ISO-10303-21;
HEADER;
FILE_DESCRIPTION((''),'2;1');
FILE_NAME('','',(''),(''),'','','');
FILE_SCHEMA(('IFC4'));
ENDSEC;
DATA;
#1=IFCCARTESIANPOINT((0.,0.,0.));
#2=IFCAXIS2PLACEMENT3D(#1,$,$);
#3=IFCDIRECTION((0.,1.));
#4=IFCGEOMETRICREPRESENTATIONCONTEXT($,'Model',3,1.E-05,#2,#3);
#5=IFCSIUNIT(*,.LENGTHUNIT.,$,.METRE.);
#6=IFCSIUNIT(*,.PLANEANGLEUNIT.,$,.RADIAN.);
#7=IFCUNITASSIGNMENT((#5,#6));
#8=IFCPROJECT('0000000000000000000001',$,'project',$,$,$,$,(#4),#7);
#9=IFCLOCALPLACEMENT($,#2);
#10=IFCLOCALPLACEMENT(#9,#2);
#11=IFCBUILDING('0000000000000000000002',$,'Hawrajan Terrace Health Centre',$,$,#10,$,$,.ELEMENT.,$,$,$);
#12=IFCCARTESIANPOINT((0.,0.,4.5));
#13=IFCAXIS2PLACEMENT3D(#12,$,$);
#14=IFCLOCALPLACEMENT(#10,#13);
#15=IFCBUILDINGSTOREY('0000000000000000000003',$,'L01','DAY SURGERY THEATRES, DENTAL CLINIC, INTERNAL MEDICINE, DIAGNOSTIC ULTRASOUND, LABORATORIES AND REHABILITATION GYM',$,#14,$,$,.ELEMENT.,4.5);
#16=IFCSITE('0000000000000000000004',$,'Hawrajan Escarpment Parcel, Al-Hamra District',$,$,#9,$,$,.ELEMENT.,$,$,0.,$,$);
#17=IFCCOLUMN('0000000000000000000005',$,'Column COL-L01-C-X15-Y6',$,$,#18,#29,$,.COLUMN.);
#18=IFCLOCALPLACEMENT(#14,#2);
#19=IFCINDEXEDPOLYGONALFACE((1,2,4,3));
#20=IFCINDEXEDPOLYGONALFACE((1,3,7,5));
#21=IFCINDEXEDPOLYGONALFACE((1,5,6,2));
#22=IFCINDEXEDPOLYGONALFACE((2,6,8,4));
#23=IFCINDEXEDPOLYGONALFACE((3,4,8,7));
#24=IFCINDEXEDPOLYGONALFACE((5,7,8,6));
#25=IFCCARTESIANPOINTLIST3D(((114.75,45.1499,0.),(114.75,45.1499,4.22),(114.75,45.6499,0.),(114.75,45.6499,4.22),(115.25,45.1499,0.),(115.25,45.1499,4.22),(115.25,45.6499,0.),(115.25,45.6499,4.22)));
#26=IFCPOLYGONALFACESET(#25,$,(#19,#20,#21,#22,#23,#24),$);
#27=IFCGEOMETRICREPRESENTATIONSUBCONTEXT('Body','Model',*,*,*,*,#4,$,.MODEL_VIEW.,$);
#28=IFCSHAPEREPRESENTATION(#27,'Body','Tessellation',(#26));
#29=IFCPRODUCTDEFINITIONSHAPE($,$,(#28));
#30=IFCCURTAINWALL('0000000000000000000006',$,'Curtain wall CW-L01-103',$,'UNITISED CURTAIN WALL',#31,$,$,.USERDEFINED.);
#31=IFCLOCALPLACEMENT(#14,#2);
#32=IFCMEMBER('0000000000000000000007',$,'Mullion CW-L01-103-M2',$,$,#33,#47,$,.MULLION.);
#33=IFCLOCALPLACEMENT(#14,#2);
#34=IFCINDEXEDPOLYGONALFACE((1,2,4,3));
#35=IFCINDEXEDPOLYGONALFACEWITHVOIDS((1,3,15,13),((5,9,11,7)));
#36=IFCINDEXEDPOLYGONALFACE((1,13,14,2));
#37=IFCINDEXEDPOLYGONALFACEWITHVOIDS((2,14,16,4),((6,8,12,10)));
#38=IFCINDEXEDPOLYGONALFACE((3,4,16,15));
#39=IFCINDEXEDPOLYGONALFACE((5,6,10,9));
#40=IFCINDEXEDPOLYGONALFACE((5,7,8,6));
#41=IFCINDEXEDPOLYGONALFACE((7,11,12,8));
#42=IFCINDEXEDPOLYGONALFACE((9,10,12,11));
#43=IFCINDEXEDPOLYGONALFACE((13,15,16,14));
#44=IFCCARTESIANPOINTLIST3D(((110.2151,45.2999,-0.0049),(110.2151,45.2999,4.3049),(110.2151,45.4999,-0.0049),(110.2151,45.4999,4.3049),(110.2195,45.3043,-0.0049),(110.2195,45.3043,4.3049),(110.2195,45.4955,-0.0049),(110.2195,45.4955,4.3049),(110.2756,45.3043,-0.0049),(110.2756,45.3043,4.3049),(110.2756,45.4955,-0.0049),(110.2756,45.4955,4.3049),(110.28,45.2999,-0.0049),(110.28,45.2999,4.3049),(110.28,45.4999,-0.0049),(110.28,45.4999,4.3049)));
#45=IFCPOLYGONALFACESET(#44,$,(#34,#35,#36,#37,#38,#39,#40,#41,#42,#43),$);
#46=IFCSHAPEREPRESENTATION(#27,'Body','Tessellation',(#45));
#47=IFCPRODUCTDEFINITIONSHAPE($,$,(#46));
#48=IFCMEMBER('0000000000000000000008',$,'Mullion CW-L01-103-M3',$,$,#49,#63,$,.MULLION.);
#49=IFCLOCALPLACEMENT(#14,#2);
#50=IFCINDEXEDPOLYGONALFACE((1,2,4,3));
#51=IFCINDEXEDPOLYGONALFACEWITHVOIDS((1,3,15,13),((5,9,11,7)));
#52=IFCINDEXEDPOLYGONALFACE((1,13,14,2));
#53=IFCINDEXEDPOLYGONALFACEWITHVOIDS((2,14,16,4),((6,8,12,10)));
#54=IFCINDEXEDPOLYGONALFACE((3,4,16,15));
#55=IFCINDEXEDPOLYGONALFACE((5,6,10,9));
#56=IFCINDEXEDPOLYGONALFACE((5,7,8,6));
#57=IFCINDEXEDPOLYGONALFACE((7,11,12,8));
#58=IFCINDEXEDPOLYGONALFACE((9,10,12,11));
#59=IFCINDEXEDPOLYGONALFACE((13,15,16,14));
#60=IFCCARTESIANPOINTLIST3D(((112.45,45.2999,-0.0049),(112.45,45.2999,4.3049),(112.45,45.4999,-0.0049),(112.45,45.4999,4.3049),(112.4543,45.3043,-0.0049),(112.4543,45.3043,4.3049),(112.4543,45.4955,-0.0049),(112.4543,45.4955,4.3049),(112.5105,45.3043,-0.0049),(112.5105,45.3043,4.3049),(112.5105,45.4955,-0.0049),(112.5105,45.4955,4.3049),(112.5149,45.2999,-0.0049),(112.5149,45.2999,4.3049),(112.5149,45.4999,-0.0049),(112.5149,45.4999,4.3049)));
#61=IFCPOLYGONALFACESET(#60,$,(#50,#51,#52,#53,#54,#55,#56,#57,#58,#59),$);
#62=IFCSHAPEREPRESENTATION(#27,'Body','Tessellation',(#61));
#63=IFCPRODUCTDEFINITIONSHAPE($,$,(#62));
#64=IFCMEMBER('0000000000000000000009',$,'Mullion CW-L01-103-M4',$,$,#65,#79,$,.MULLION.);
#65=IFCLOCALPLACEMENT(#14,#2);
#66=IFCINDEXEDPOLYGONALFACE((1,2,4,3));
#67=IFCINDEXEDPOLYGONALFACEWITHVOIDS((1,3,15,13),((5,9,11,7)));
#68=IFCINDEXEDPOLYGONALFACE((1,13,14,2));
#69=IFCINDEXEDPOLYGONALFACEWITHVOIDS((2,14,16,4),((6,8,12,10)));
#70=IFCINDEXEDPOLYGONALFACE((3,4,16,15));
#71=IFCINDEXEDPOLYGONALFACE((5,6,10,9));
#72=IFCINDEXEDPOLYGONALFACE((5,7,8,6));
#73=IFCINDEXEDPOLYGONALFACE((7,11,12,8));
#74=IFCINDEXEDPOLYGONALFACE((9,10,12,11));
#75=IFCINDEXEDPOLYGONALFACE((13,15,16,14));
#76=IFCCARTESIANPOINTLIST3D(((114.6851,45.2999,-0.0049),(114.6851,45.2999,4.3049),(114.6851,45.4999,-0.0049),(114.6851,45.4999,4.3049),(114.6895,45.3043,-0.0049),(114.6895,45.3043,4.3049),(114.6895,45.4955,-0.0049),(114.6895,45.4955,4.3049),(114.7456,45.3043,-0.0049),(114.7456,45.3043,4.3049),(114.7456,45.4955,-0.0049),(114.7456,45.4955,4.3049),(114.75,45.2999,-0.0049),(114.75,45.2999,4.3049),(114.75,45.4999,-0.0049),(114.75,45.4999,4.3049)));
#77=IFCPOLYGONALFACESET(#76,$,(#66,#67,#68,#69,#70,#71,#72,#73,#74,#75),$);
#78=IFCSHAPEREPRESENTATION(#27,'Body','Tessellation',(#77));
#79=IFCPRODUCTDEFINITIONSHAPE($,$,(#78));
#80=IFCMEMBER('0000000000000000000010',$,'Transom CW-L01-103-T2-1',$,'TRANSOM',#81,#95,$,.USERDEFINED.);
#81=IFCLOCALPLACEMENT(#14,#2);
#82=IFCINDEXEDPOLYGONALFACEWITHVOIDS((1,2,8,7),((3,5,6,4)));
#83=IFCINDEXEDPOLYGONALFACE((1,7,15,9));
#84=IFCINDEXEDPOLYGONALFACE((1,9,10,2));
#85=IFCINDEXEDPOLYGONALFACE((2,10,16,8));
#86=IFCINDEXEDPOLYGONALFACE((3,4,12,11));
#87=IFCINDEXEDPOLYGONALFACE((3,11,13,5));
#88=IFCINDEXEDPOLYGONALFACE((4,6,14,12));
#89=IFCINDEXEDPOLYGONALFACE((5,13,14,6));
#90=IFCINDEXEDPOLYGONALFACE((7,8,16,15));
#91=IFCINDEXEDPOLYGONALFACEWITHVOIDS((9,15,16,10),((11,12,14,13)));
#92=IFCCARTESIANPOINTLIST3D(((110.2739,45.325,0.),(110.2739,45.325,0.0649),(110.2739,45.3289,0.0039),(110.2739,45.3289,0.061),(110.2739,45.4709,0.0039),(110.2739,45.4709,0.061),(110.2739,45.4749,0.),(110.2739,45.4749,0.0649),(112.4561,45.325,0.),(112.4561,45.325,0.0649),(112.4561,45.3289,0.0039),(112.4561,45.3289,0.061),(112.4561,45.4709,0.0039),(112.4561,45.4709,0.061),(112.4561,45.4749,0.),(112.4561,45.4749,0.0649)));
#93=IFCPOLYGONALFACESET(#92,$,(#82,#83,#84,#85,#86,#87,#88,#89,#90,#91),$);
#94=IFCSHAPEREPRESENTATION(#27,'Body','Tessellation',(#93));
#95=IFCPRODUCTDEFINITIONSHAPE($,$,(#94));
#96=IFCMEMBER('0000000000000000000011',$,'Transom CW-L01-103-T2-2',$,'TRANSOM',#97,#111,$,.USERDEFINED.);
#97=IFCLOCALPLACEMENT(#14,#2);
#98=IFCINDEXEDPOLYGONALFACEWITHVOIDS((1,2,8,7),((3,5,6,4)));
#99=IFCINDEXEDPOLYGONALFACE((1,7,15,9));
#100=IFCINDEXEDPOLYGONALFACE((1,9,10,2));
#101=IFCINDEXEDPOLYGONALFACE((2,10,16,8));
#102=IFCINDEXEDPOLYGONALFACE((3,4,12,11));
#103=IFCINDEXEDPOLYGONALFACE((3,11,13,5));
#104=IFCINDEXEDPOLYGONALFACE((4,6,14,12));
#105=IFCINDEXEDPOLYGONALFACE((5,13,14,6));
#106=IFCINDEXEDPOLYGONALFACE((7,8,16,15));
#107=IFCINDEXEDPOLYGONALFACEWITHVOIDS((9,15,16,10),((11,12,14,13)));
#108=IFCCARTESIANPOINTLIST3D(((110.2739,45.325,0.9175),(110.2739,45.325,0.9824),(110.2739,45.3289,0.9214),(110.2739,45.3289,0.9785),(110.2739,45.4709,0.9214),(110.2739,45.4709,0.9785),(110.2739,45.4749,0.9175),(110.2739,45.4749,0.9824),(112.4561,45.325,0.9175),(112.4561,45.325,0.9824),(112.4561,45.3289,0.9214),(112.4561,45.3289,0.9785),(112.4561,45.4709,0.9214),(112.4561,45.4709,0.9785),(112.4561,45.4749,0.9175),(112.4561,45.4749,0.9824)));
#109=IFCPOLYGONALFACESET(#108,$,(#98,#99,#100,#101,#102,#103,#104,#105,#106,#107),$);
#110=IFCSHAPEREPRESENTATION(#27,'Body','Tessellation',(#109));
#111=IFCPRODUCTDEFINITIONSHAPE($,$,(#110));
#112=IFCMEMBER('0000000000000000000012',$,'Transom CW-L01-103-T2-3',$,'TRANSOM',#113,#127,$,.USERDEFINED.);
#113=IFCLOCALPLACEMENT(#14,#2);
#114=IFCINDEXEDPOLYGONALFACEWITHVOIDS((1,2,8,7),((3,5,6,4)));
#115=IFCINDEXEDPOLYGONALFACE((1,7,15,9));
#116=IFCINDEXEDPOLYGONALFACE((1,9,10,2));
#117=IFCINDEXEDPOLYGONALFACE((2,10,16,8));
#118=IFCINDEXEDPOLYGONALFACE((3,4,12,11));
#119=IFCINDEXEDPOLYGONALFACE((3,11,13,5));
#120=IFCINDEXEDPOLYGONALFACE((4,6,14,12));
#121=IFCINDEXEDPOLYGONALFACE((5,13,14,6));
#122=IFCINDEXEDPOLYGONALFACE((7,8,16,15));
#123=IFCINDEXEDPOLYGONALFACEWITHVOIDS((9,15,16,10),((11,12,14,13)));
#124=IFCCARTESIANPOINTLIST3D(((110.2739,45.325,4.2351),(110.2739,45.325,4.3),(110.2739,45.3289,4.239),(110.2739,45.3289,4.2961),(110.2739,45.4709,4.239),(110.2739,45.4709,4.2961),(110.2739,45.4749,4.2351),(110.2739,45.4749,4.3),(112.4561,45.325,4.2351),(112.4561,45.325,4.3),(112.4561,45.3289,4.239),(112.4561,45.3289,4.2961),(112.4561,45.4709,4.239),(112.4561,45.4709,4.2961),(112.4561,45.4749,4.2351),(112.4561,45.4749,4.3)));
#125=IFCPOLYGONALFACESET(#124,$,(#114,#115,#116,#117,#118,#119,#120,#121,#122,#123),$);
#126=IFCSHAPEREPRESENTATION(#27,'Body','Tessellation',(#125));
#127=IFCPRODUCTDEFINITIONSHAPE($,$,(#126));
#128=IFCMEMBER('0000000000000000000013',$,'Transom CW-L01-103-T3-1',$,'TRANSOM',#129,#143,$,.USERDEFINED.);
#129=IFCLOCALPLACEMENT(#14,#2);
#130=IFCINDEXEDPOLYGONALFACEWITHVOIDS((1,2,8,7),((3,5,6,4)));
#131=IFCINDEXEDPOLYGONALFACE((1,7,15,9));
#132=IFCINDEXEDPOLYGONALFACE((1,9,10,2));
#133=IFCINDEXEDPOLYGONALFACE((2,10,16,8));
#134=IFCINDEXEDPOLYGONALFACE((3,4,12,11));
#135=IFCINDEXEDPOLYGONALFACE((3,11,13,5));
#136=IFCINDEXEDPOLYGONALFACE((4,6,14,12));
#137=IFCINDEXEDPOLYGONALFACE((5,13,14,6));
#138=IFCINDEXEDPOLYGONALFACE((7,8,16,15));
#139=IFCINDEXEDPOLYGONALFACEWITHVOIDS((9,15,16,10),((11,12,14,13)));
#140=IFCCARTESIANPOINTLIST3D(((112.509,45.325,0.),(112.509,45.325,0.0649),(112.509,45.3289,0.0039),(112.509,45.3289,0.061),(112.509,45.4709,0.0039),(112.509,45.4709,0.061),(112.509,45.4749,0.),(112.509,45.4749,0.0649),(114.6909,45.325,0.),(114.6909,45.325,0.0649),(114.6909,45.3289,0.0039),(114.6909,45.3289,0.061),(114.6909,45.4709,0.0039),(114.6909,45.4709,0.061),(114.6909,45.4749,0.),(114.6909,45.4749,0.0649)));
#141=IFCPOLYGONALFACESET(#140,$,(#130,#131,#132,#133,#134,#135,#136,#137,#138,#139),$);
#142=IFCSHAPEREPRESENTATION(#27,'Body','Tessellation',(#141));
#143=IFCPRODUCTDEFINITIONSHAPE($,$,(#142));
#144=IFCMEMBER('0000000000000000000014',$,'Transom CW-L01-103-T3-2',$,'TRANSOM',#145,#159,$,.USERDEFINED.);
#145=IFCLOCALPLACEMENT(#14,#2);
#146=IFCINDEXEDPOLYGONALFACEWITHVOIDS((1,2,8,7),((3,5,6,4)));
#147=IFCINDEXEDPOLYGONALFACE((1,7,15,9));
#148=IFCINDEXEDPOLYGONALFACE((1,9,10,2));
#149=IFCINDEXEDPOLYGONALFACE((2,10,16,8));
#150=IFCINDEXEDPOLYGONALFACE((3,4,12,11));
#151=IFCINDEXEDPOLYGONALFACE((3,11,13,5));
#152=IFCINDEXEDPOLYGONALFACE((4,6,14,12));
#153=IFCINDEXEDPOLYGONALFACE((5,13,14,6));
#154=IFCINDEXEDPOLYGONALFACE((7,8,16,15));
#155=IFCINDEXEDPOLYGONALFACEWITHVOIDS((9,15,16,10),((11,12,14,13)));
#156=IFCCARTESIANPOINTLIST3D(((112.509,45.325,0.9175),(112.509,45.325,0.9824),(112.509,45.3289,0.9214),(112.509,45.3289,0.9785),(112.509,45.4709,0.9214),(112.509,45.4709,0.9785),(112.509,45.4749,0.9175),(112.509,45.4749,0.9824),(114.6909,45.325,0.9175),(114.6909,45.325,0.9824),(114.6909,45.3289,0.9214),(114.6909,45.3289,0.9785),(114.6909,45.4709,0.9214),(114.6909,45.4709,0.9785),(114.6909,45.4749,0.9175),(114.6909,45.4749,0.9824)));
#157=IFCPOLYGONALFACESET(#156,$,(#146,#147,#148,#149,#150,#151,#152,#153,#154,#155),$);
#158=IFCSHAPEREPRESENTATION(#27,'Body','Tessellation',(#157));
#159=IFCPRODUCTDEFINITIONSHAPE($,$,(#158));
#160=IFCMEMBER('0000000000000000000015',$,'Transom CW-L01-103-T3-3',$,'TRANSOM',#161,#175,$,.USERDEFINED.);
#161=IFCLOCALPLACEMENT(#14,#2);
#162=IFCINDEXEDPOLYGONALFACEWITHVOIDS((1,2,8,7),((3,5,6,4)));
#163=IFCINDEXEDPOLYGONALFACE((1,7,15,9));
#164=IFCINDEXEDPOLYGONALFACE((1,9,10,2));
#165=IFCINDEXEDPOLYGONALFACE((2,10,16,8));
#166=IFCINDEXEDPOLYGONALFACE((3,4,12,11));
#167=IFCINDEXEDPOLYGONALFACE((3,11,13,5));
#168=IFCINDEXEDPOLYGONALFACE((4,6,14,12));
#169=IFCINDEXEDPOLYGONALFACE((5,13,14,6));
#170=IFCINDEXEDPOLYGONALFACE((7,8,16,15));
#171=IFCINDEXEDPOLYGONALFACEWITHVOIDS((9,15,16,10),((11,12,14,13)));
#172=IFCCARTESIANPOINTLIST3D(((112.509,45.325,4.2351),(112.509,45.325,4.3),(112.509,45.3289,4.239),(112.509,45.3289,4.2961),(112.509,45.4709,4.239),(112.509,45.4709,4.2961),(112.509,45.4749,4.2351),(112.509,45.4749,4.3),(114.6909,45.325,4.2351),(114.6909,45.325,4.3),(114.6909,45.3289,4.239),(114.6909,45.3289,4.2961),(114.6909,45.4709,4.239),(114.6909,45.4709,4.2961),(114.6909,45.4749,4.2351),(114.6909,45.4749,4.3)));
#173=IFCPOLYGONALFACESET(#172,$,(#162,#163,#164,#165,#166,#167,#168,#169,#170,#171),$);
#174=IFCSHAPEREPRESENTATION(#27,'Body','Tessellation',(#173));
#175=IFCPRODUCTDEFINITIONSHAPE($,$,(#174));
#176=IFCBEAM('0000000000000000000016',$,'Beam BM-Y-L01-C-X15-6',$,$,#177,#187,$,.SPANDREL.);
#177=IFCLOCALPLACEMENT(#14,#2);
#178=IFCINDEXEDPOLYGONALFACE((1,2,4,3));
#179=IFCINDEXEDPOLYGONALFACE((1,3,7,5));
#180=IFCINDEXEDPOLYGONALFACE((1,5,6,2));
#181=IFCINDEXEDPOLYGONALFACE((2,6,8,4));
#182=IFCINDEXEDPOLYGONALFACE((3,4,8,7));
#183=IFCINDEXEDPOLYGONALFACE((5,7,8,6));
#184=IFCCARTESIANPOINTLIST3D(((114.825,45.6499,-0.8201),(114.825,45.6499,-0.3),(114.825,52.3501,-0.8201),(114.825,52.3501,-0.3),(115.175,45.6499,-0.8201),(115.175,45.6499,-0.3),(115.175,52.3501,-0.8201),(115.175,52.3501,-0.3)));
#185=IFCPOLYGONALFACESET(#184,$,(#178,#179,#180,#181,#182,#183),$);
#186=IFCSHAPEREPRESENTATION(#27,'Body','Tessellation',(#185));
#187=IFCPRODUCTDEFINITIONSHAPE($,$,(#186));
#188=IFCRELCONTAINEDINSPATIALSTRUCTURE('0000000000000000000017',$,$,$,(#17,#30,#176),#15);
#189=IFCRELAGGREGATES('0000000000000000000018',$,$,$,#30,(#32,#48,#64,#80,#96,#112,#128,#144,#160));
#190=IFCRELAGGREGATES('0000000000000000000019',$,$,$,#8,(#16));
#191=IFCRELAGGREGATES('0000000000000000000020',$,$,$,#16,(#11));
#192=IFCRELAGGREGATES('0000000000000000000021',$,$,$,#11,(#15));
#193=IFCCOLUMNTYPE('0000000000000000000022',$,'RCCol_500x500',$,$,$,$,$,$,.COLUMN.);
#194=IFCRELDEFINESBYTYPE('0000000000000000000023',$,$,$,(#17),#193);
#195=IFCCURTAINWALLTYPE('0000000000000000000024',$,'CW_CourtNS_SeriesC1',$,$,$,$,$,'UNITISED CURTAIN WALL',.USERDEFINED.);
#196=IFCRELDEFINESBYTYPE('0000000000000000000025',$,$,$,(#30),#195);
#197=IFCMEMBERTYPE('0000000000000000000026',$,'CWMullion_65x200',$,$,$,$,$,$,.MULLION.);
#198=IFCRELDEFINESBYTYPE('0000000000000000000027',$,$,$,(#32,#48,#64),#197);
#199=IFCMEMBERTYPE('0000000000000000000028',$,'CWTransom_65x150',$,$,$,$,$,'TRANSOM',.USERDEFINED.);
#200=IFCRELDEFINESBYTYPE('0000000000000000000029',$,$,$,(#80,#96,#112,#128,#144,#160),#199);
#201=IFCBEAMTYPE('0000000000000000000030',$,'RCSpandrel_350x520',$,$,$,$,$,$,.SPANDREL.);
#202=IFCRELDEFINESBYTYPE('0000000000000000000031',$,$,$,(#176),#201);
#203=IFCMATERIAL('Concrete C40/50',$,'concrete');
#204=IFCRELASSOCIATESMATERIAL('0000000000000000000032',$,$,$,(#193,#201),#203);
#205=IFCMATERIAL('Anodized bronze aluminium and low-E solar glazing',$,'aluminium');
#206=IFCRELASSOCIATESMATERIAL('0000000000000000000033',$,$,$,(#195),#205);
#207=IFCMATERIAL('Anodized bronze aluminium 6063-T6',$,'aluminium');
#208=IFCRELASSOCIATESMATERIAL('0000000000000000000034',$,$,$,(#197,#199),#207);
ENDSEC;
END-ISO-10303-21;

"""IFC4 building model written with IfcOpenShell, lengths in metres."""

from ifc_helpers import new_model, si_unit, direction, frame, origin, origin_2d, place, context, subcontext, project, spatial, rectangle, hollow_rectangle, extrude, material, material_profile, profile_set, type_object, element, aggregate, save


model = new_model("IFC4")

# Units and contexts
model_context = context("Model", 3, precision=1e-05, world=origin(), true_north=direction((0.0, 1.0)))
body_context = subcontext(model_context, "Body", "Model", "MODEL_VIEW")
ifc_project = project(units=[si_unit("LENGTHUNIT", "METRE"), si_unit("PLANEANGLEUNIT", "RADIAN")], contexts=[model_context])

# Site, building, storey
site_placement = place(None, origin())
site = spatial("IfcSite", under=ifc_project, at=site_placement, Name="Hawrajan Escarpment Parcel, Al-Hamra District", CompositionType="ELEMENT", RefElevation=0.0)
building_placement = place(site_placement, origin())
building = spatial("IfcBuilding", under=site, at=building_placement, Name="Hawrajan Terrace Health Centre", CompositionType="ELEMENT")
storey_placement = place(building_placement, frame((0.0, 0.0, 4.5)))
storey = spatial("IfcBuildingStorey", under=building, at=storey_placement, Name="L01", Description="DAY SURGERY THEATRES, DENTAL CLINIC, INTERNAL MEDICINE, DIAGNOSTIC ULTRASOUND, LABORATORIES AND REHABILITATION GYM", CompositionType="ELEMENT", Elevation=4.5)

# Column
ifc_material_1 = material(Name="Concrete C40/50", Category="concrete")
ifc_material_profile_1 = material_profile(ifc_material_1, rectangle(XDim=0.5, YDim=0.5, at=origin_2d()), Name="RC 500x500")
ifc_profile_set_1 = profile_set([ifc_material_profile_1], Name="Concrete C40/50")
column_type = type_object("IfcColumnType", Name="RCCol_500x500", PredefinedType="COLUMN", material=ifc_profile_set_1)
column_placement = place(storey_placement, frame((115.0, 45.3999, 0.0), z_axis=(0.0, 0.0, 1.0), x_axis=(1.0, 0.0, 0.0)))
element("IfcColumn", 1, at=column_placement, inside=storey, type_object=column_type, Name="Column COL-L01-C-X15-Y6", PredefinedType="COLUMN", context=body_context, shape_type="SweptSolid", body=[
    extrude(rectangle(XDim=0.5, YDim=0.5, at=origin_2d()), origin(), (0.0, 0.0, 1.0), 4.22),
])

# Curtain wall, members
ifc_material_2 = material(Name="Anodized bronze aluminium and low-E solar glazing", Category="aluminium")
curtain_wall_type = type_object("IfcCurtainWallType", Name="CW_CourtNS_SeriesC1", ElementType="UNITISED CURTAIN WALL", PredefinedType="USERDEFINED", material=ifc_material_2)
curtain_wall_placement = place(storey_placement, origin())
curtain_wall = element("IfcCurtainWall", 2, at=curtain_wall_placement, inside=storey, type_object=curtain_wall_type, Name="Curtain wall CW-L01-103", ObjectType="UNITISED CURTAIN WALL", PredefinedType="USERDEFINED")
ifc_material_3 = material(Name="Anodized bronze aluminium 6063-T6", Category="aluminium")
ifc_material_profile_2 = material_profile(ifc_material_3, hollow_rectangle(XDim=0.0649, YDim=0.2, WallThickness=0.0044, at=origin_2d()), Name="CW MUL 65x200")
ifc_profile_set_2 = profile_set([ifc_material_profile_2], Name="Anodized bronze aluminium 6063-T6")
member_type_1 = type_object("IfcMemberType", Name="CWMullion_65x200", PredefinedType="MULLION", material=ifc_profile_set_2)
member_1_placement = place(storey_placement, frame((110.2476, 45.3999, -0.0049), z_axis=(0.0, 0.0, 1.0), x_axis=(1.0, 0.0, 0.0)))
member_1 = element("IfcMember", 3, at=member_1_placement, type_object=member_type_1, Name="Mullion CW-L01-103-M2", PredefinedType="MULLION", context=body_context, shape_type="SweptSolid", body=[
    extrude(hollow_rectangle(XDim=0.0649, YDim=0.2, WallThickness=0.0044, at=origin_2d()), origin(), (0.0, 0.0, 1.0), 4.3098),
])
member_2_placement = place(storey_placement, frame((112.4824, 45.3999, -0.0049), z_axis=(0.0, 0.0, 1.0), x_axis=(1.0, 0.0, 0.0)))
member_2 = element("IfcMember", 4, at=member_2_placement, type_object=member_type_1, Name="Mullion CW-L01-103-M3", PredefinedType="MULLION", context=body_context, shape_type="SweptSolid", body=[
    extrude(hollow_rectangle(XDim=0.0649, YDim=0.2, WallThickness=0.0044, at=origin_2d()), origin(), (0.0, 0.0, 1.0), 4.3098),
])
member_3_placement = place(storey_placement, frame((114.7175, 45.3999, -0.0049), z_axis=(0.0, 0.0, 1.0), x_axis=(1.0, 0.0, 0.0)))
member_3 = element("IfcMember", 5, at=member_3_placement, type_object=member_type_1, Name="Mullion CW-L01-103-M4", PredefinedType="MULLION", context=body_context, shape_type="SweptSolid", body=[
    extrude(hollow_rectangle(XDim=0.0649, YDim=0.2, WallThickness=0.0044, at=origin_2d()), origin(), (0.0, 0.0, 1.0), 4.3098),
])
ifc_material_profile_3 = material_profile(ifc_material_3, hollow_rectangle(XDim=0.0649, YDim=0.1499, WallThickness=0.0039, at=origin_2d()), Name="CW TRN 65x150")
ifc_profile_set_3 = profile_set([ifc_material_profile_3], Name="Anodized bronze aluminium 6063-T6")
member_type_2 = type_object("IfcMemberType", Name="CWTransom_65x150", ElementType="TRANSOM", PredefinedType="USERDEFINED", material=ifc_profile_set_3)
member_4_placement = place(storey_placement, frame((110.2739, 45.3999, 0.0325), z_axis=(1.0, 0.0, 0.0), x_axis=(0.0, 0.0, 1.0)))
member_4 = element("IfcMember", 6, at=member_4_placement, type_object=member_type_2, Name="Transom CW-L01-103-T2-1", ObjectType="TRANSOM", PredefinedType="USERDEFINED", context=body_context, shape_type="SweptSolid", body=[
    extrude(hollow_rectangle(XDim=0.0649, YDim=0.1499, WallThickness=0.0039, at=origin_2d()), origin(), (0.0, 0.0, 1.0), 2.1821),
])
member_5_placement = place(storey_placement, frame((110.2739, 45.3999, 0.95), z_axis=(1.0, 0.0, 0.0), x_axis=(0.0, 0.0, 1.0)))
member_5 = element("IfcMember", 7, at=member_5_placement, type_object=member_type_2, Name="Transom CW-L01-103-T2-2", ObjectType="TRANSOM", PredefinedType="USERDEFINED", context=body_context, shape_type="SweptSolid", body=[
    extrude(hollow_rectangle(XDim=0.0649, YDim=0.1499, WallThickness=0.0039, at=origin_2d()), origin(), (0.0, 0.0, 1.0), 2.1821),
])
member_6_placement = place(storey_placement, frame((110.2739, 45.3999, 4.2676), z_axis=(1.0, 0.0, 0.0), x_axis=(0.0, 0.0, 1.0)))
member_6 = element("IfcMember", 8, at=member_6_placement, type_object=member_type_2, Name="Transom CW-L01-103-T2-3", ObjectType="TRANSOM", PredefinedType="USERDEFINED", context=body_context, shape_type="SweptSolid", body=[
    extrude(hollow_rectangle(XDim=0.0649, YDim=0.1499, WallThickness=0.0039, at=origin_2d()), origin(), (0.0, 0.0, 1.0), 2.1821),
])
member_7_placement = place(storey_placement, frame((112.509, 45.3999, 0.0325), z_axis=(1.0, 0.0, 0.0), x_axis=(0.0, 0.0, 1.0)))
member_7 = element("IfcMember", 9, at=member_7_placement, type_object=member_type_2, Name="Transom CW-L01-103-T3-1", ObjectType="TRANSOM", PredefinedType="USERDEFINED", context=body_context, shape_type="SweptSolid", body=[
    extrude(hollow_rectangle(XDim=0.0649, YDim=0.1499, WallThickness=0.0039, at=origin_2d()), origin(), (0.0, 0.0, 1.0), 2.1819),
])
member_8_placement = place(storey_placement, frame((112.509, 45.3999, 0.95), z_axis=(1.0, 0.0, 0.0), x_axis=(0.0, 0.0, 1.0)))
member_8 = element("IfcMember", 10, at=member_8_placement, type_object=member_type_2, Name="Transom CW-L01-103-T3-2", ObjectType="TRANSOM", PredefinedType="USERDEFINED", context=body_context, shape_type="SweptSolid", body=[
    extrude(hollow_rectangle(XDim=0.0649, YDim=0.1499, WallThickness=0.0039, at=origin_2d()), origin(), (0.0, 0.0, 1.0), 2.1819),
])
member_9_placement = place(storey_placement, frame((112.509, 45.3999, 4.2676), z_axis=(1.0, 0.0, 0.0), x_axis=(0.0, 0.0, 1.0)))
member_9 = element("IfcMember", 11, at=member_9_placement, type_object=member_type_2, Name="Transom CW-L01-103-T3-3", ObjectType="TRANSOM", PredefinedType="USERDEFINED", context=body_context, shape_type="SweptSolid", body=[
    extrude(hollow_rectangle(XDim=0.0649, YDim=0.1499, WallThickness=0.0039, at=origin_2d()), origin(), (0.0, 0.0, 1.0), 2.1819),
])

# Beam
ifc_material_profile_4 = material_profile(ifc_material_1, rectangle(XDim=0.3501, YDim=0.52, at=origin_2d()), Name="RC SP 350x520")
ifc_profile_set_4 = profile_set([ifc_material_profile_4], Name="Concrete C40/50")
beam_type_1 = type_object("IfcBeamType", Name="RCSpandrel_350x520", PredefinedType="SPANDREL", material=ifc_profile_set_4)
beam_1_placement = place(storey_placement, frame((115.0, 45.6499, -0.5601), z_axis=(0.0, 1.0, 0.0), x_axis=(-1.0, 0.0, 0.0)))
element("IfcBeam", 12, at=beam_1_placement, inside=storey, type_object=beam_type_1, Name="Beam BM-Y-L01-C-X15-6", PredefinedType="SPANDREL", context=body_context, shape_type="SweptSolid", body=[
    extrude(rectangle(XDim=0.3501, YDim=0.52, at=origin_2d()), origin(), (0.0, 0.0, 1.0), 6.7002),
])

aggregate(curtain_wall, [member_1, member_2, member_3, member_4, member_5, member_6, member_7, member_8, member_9])

save(model, "model.ifc")
